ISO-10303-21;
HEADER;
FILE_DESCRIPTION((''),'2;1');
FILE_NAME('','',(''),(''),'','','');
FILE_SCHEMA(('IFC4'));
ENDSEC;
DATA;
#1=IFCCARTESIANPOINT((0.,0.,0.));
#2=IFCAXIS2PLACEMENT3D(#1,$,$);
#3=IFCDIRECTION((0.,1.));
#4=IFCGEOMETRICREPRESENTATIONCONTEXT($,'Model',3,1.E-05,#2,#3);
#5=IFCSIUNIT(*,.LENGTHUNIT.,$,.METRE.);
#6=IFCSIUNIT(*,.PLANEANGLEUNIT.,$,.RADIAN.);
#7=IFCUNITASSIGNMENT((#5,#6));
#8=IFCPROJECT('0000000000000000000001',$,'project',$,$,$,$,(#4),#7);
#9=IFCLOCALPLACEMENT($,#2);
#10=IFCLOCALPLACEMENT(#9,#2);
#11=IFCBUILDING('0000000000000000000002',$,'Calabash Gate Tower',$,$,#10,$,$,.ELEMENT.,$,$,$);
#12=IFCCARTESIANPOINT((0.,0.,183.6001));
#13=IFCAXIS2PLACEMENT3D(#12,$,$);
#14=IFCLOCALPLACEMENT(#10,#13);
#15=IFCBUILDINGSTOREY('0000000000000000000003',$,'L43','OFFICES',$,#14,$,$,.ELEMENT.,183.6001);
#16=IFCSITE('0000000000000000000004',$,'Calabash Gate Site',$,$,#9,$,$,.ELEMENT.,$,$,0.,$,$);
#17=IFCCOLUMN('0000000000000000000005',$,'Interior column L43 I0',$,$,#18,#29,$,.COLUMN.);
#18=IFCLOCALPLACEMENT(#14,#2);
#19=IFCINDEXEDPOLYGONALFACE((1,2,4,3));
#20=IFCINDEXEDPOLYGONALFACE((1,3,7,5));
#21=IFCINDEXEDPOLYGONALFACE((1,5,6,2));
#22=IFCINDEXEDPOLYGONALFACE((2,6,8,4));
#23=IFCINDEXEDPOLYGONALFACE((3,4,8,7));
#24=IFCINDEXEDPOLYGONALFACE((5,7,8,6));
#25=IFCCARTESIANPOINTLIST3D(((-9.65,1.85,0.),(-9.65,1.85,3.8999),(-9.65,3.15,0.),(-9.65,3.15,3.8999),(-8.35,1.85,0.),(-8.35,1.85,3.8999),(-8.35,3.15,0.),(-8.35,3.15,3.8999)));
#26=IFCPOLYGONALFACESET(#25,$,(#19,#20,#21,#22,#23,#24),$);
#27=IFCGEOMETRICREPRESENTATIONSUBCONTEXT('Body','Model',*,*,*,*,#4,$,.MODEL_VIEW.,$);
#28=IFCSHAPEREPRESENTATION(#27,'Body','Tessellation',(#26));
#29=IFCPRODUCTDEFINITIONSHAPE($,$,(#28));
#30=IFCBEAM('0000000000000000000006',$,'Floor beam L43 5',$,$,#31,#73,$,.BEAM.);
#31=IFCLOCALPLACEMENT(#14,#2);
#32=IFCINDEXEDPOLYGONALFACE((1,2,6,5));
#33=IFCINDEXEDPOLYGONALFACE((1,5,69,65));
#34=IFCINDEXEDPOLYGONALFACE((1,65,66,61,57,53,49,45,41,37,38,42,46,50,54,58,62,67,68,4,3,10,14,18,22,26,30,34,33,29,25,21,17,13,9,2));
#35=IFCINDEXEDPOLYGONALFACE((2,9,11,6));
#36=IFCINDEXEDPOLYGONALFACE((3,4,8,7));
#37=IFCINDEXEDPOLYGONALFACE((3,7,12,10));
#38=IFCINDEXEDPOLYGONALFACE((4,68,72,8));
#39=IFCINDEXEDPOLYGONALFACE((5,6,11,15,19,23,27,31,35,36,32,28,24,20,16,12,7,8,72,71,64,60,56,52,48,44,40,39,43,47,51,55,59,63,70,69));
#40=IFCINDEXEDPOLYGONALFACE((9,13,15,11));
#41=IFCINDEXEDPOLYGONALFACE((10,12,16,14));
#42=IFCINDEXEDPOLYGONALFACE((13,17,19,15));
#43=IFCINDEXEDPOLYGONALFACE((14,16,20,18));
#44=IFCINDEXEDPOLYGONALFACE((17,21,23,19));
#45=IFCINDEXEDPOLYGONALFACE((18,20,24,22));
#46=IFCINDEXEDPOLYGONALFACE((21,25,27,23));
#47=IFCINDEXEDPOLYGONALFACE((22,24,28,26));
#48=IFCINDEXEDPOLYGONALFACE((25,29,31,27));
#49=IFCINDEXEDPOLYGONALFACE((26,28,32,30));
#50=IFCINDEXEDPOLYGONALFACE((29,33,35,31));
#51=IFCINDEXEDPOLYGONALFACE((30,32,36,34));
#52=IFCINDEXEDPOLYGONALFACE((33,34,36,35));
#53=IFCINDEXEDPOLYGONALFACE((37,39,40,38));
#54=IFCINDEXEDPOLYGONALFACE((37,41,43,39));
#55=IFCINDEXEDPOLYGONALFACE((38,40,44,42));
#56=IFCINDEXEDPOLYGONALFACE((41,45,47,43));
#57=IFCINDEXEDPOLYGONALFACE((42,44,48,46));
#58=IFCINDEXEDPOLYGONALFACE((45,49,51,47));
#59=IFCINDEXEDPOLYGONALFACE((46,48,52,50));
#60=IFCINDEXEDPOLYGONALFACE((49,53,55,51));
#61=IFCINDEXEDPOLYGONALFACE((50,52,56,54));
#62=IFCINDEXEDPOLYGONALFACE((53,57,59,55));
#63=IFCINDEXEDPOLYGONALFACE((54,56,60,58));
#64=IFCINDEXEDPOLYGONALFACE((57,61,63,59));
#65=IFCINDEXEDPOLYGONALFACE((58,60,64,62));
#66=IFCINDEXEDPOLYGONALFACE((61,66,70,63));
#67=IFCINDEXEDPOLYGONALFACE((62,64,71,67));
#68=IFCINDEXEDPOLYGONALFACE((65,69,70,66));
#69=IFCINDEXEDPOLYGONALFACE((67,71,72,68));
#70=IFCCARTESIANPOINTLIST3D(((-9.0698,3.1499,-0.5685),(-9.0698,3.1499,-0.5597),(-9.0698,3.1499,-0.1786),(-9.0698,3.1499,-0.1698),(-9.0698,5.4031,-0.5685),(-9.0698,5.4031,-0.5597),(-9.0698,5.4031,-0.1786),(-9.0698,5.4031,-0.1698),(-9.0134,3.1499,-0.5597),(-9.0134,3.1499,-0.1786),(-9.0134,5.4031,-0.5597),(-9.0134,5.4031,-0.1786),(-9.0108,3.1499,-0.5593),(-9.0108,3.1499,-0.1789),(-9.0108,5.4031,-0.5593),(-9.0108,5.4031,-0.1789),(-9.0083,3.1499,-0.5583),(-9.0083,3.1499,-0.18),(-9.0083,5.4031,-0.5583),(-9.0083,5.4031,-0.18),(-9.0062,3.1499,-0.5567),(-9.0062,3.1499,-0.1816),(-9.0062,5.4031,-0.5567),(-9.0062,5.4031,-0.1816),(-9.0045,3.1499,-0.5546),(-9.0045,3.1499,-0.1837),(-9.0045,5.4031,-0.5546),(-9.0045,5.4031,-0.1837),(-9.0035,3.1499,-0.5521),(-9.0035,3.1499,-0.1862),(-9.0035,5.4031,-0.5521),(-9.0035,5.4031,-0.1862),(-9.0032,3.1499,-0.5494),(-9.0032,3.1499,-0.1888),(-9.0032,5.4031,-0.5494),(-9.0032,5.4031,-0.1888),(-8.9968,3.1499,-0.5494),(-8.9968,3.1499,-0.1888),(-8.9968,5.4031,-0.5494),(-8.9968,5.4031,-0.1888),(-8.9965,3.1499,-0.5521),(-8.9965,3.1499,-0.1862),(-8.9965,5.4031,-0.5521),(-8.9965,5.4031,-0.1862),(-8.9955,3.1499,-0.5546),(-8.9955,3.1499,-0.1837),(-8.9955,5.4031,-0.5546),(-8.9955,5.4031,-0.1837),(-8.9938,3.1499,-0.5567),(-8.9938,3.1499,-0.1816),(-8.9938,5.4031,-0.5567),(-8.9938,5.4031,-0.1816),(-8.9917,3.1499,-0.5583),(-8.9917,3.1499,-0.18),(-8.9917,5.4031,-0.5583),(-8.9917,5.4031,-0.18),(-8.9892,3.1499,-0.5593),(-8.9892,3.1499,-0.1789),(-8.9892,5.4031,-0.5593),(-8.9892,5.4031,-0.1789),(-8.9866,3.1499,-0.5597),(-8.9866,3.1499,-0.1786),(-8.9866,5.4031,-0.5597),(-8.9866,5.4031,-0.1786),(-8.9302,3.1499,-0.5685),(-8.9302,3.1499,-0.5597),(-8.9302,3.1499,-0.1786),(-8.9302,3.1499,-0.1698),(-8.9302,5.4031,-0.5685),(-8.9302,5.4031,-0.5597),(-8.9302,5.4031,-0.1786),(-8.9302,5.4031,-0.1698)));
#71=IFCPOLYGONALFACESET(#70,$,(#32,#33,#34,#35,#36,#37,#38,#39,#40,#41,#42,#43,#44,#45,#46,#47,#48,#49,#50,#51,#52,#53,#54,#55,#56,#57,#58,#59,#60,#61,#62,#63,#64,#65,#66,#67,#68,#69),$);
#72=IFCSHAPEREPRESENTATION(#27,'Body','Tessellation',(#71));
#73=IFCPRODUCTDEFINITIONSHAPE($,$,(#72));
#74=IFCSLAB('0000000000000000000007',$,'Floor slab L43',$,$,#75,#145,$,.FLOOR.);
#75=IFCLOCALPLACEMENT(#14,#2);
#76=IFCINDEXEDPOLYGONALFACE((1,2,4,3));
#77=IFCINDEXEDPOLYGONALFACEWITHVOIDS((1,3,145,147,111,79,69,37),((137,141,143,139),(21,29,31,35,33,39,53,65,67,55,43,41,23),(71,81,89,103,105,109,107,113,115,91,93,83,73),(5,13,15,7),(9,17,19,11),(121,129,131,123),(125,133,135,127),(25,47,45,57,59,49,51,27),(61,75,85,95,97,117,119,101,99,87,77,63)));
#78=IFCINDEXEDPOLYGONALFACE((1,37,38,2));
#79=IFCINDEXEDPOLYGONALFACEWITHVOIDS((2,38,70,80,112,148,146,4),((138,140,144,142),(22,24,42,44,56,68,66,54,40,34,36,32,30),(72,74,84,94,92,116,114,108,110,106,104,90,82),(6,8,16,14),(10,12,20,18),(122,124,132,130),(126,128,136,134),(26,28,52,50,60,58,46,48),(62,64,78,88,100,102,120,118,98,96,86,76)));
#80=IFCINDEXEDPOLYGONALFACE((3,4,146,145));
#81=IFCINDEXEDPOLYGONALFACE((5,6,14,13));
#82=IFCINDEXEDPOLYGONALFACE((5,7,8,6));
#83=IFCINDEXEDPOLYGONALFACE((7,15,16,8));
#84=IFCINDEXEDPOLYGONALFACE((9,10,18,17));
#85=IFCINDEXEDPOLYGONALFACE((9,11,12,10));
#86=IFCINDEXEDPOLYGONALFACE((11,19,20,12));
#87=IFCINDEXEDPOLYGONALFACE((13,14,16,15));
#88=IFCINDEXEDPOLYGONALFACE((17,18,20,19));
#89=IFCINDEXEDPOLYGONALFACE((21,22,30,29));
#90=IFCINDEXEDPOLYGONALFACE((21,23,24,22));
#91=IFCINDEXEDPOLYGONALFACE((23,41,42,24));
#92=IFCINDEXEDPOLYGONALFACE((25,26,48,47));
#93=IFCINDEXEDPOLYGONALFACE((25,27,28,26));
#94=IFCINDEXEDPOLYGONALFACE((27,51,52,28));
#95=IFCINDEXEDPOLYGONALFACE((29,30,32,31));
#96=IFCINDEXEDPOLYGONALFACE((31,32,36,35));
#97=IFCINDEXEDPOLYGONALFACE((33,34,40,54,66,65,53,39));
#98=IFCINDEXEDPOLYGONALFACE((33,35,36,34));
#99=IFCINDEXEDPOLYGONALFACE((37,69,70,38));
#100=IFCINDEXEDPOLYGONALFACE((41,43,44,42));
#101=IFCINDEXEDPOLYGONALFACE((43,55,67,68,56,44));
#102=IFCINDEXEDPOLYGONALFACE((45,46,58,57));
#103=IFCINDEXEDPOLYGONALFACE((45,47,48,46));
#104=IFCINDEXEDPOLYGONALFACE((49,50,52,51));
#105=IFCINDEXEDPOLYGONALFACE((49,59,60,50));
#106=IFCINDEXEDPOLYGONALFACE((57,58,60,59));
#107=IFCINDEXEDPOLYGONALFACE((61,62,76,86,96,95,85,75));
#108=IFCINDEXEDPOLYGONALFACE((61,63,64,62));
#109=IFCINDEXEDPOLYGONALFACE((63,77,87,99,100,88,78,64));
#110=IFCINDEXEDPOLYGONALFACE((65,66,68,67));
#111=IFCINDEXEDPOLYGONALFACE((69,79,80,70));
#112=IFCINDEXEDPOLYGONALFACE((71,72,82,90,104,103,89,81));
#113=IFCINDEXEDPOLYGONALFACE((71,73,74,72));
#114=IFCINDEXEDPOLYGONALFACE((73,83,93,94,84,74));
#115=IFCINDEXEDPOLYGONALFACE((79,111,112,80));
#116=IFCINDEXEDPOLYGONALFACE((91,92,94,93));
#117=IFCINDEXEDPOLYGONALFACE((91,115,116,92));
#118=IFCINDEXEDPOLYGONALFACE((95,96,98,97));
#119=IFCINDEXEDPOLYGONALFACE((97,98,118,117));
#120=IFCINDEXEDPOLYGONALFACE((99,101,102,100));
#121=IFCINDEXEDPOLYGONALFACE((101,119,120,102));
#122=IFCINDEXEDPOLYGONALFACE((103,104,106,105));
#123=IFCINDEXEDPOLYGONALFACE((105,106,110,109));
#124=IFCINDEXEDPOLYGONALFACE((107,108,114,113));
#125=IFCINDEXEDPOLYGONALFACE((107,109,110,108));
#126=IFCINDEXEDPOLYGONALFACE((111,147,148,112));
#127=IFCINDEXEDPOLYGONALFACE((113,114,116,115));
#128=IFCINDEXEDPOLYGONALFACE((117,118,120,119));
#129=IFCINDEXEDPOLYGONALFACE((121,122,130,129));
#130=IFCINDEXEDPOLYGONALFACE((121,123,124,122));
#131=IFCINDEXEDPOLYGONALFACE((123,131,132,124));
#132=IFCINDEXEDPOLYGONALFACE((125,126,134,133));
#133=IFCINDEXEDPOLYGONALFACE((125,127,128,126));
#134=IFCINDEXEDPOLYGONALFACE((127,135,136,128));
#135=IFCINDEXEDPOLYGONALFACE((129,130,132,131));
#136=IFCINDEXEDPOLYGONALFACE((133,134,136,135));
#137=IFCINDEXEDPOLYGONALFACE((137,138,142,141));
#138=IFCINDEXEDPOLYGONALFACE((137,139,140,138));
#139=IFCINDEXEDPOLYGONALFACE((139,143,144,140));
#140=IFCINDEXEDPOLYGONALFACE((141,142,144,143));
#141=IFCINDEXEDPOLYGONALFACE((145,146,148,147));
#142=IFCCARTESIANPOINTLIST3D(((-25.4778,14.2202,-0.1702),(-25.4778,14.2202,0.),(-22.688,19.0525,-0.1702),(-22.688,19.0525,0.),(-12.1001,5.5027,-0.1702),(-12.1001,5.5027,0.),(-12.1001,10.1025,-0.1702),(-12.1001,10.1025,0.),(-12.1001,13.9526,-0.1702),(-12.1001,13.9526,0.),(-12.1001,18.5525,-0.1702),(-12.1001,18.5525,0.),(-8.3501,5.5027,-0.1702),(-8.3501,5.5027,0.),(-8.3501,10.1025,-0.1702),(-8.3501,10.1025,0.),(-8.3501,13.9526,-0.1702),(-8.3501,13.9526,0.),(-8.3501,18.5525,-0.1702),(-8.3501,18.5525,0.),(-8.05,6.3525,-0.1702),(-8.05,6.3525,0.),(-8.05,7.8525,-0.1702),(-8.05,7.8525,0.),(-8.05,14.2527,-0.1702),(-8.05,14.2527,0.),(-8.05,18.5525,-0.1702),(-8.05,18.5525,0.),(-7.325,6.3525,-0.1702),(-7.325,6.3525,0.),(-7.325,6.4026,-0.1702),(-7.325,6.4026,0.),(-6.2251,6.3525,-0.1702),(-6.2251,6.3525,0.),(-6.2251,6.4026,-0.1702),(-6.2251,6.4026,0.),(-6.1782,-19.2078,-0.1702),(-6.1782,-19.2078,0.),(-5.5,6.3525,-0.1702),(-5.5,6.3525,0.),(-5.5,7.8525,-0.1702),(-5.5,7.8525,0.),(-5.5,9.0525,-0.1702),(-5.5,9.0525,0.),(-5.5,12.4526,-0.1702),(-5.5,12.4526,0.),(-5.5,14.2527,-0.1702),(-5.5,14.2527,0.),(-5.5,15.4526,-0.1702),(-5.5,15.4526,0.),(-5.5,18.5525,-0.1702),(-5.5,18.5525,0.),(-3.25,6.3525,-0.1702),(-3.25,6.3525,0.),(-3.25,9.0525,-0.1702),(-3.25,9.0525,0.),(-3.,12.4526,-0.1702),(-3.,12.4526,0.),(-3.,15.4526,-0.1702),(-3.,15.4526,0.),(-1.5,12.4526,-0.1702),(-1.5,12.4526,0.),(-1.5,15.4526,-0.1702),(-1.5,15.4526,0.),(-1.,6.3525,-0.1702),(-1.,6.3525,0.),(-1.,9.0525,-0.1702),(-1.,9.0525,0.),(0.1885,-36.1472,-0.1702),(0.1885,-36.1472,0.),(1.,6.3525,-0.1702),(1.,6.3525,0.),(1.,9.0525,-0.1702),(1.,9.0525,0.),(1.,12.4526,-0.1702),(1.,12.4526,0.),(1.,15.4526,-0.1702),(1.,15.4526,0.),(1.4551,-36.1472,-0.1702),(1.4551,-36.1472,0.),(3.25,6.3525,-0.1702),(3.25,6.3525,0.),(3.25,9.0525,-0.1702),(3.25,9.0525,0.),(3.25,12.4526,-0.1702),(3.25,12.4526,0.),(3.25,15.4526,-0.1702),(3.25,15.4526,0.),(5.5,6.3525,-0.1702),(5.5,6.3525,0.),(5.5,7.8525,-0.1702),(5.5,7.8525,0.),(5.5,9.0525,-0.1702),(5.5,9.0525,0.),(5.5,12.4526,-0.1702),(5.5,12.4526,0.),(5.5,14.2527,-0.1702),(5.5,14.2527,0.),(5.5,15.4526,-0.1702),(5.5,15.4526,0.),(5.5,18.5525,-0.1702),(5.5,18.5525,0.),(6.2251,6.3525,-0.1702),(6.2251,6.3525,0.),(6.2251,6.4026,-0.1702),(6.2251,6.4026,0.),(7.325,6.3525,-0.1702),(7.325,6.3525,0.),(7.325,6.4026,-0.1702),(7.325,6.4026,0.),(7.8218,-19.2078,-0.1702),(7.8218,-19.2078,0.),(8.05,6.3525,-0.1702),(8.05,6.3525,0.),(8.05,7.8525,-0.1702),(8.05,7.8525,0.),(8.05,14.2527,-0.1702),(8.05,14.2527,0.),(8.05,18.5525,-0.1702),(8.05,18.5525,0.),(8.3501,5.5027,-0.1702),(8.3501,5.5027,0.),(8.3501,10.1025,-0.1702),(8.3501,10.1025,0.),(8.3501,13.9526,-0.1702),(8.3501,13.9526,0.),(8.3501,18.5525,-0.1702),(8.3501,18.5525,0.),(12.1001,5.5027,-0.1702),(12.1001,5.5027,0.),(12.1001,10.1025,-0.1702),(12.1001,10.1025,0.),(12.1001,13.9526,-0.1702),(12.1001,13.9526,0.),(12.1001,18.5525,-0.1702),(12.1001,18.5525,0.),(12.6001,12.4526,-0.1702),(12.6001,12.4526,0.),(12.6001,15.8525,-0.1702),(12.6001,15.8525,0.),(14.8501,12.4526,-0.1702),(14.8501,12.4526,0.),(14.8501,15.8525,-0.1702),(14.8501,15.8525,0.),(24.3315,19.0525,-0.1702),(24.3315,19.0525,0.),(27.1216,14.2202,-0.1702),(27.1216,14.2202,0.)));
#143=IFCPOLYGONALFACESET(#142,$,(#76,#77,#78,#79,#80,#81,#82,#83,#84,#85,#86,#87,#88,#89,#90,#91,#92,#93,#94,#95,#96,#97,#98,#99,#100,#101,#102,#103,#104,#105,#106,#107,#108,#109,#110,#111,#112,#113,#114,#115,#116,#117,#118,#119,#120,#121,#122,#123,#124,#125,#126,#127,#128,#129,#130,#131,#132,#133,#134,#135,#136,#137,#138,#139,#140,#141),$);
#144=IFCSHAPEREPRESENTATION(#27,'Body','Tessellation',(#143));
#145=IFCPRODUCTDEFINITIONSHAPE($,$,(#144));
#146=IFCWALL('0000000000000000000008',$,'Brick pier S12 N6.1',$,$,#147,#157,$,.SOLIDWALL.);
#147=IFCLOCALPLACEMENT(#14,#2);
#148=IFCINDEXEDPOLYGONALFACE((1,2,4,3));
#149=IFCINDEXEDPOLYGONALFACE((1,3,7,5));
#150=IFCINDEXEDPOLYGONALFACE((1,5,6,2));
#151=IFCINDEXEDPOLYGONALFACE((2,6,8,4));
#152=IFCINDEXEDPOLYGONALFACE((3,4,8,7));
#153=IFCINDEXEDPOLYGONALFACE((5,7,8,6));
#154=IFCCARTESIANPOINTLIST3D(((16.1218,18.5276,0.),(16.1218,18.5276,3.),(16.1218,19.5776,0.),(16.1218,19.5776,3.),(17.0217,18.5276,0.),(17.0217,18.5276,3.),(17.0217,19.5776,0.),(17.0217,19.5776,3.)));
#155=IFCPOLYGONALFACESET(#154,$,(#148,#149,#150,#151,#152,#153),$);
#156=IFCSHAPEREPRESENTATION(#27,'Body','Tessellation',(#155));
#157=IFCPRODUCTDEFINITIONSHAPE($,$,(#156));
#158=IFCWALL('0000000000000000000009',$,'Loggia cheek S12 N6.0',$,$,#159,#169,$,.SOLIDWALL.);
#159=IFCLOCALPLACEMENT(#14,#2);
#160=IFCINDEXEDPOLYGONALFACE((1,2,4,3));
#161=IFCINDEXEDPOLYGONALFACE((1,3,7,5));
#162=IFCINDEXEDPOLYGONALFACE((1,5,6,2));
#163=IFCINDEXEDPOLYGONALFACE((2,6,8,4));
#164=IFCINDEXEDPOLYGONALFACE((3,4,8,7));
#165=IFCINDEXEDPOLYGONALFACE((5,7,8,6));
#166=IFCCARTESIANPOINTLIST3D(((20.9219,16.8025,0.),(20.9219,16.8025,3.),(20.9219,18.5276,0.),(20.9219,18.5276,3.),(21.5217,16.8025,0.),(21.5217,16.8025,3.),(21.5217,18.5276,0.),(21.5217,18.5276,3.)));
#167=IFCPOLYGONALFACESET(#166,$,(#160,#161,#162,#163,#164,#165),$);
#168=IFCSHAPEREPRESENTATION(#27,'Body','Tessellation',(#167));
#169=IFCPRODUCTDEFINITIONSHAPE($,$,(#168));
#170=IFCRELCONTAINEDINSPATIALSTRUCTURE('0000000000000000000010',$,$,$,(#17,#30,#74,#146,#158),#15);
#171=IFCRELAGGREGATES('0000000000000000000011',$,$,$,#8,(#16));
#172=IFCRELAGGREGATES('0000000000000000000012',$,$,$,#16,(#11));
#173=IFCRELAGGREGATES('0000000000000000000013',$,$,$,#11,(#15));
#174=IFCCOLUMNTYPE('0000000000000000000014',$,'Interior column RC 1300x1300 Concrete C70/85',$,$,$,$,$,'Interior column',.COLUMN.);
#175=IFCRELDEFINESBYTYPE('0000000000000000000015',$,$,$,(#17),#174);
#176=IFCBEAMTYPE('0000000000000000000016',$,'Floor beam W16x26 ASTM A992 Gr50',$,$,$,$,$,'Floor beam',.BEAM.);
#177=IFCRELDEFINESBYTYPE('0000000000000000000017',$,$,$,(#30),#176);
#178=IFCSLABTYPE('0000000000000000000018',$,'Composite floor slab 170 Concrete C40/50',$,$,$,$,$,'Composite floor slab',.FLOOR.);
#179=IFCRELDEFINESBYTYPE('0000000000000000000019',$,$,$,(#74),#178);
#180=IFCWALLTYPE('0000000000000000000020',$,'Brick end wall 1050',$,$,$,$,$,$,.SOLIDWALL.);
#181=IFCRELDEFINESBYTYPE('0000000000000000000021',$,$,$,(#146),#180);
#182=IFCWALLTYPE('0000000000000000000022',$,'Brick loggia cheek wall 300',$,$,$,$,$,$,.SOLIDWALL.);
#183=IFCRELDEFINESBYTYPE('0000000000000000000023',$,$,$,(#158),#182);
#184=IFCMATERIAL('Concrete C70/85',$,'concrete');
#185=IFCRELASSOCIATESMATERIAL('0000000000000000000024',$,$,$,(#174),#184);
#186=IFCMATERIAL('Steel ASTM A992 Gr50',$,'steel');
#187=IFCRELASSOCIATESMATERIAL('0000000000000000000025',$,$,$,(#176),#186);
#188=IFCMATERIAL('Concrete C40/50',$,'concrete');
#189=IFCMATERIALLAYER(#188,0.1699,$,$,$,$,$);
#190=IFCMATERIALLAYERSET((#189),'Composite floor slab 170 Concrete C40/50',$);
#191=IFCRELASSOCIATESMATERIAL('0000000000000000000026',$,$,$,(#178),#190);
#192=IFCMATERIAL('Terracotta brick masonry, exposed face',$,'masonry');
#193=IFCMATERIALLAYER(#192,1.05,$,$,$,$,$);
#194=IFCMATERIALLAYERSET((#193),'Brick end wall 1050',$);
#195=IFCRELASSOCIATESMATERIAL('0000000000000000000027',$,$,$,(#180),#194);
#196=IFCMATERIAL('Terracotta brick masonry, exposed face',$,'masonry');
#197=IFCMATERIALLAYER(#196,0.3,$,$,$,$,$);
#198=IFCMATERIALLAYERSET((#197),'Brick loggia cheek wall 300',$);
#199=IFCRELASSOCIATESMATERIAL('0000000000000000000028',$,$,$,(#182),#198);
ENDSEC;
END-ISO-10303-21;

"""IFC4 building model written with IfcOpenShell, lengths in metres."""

from ifc_helpers import new_model, si_unit, direction, frame, origin, origin_2d, place, context, subcontext, project, spatial, polyline, rectangle, i_section, outline, extrude, material, layer, layer_set, material_profile, profile_set, type_object, element, save


model = new_model("IFC4")

# Units and contexts
model_context = context("Model", 3, precision=1e-05, world=origin(), true_north=direction((0.0, 1.0)))
body_context = subcontext(model_context, "Body", "Model", "MODEL_VIEW")
ifc_project = project(units=[si_unit("LENGTHUNIT", "METRE"), si_unit("PLANEANGLEUNIT", "RADIAN")], contexts=[model_context])

# Site, building, storey
site_placement = place(None, origin())
site = spatial("IfcSite", under=ifc_project, at=site_placement, Name="Calabash Gate Site", CompositionType="ELEMENT", RefElevation=0.0)
building_placement = place(site_placement, origin())
building = spatial("IfcBuilding", under=site, at=building_placement, Name="Calabash Gate Tower", CompositionType="ELEMENT")
storey_placement = place(building_placement, frame((0.0, 0.0, 183.6001)))
storey = spatial("IfcBuildingStorey", under=building, at=storey_placement, Name="L43", Description="OFFICES", CompositionType="ELEMENT", Elevation=183.6001)

# Column
ifc_material_1 = material(Name="Concrete C70/85", Category="concrete")
ifc_material_profile_1 = material_profile(ifc_material_1, rectangle(XDim=1.3, YDim=1.3, at=origin_2d()))
ifc_profile_set_1 = profile_set([ifc_material_profile_1], Name="Concrete C70/85")
column_type = type_object("IfcColumnType", Name="Interior column RC 1300x1300 Concrete C70/85", ElementType="Interior column", PredefinedType="COLUMN", material=ifc_profile_set_1)
column_placement = place(storey_placement, frame((-9.0, 2.5, 0.0), z_axis=(0.0, 0.0, 1.0), x_axis=(1.0, 0.0, 0.0)))
element("IfcColumn", 1, at=column_placement, inside=storey, type_object=column_type, Name="Interior column L43 I0", PredefinedType="COLUMN", context=body_context, shape_type="SweptSolid", body=[
    extrude(rectangle(XDim=1.3, YDim=1.3, at=origin_2d()), origin(), (0.0, 0.0, 1.0), 3.8999),
])

# Beam
ifc_material_2 = material(Name="Steel ASTM A992 Gr50", Category="steel")
ifc_material_profile_2 = material_profile(ifc_material_2, i_section(OverallWidth=0.1396, OverallDepth=0.3987, WebThickness=0.0063, FlangeThickness=0.0088, FilletRadius=0.0103, at=origin_2d()))
ifc_profile_set_2 = profile_set([ifc_material_profile_2], Name="Steel ASTM A992 Gr50")
beam_type = type_object("IfcBeamType", Name="Floor beam W16x26 ASTM A992 Gr50", ElementType="Floor beam", PredefinedType="BEAM", material=ifc_profile_set_2)
beam_placement = place(storey_placement, frame((-9.0, 3.1499, -0.3691), z_axis=(0.0, 1.0, 0.0), x_axis=(-1.0, 0.0, 0.0)))
element("IfcBeam", 2, at=beam_placement, inside=storey, type_object=beam_type, Name="Floor beam L43 5", PredefinedType="BEAM", context=body_context, shape_type="SweptSolid", body=[
    extrude(i_section(OverallWidth=0.1396, OverallDepth=0.3987, WebThickness=0.0063, FlangeThickness=0.0088, FilletRadius=0.0103, at=origin_2d()), origin(), (0.0, 0.0, 1.0), 2.2532),
])

# Slab
ifc_material_3 = material(Name="Concrete C40/50", Category="concrete")
ifc_layer_1 = layer(ifc_material_3, 0.1699)
ifc_layer_set_1 = layer_set([ifc_layer_1], Name="Composite floor slab 170 Concrete C40/50")
slab_type = type_object("IfcSlabType", Name="Composite floor slab 170 Concrete C40/50", ElementType="Composite floor slab", PredefinedType="FLOOR", material=ifc_layer_set_1)
slab_placement = place(storey_placement, frame((0.0, 0.0, -0.1702)))
element("IfcSlab", 3, at=slab_placement, inside=storey, type_object=slab_type, Name="Floor slab L43", PredefinedType="FLOOR", context=body_context, shape_type="SweptSolid", body=[
    extrude(outline(polyline([(-22.688, 19.0525), (24.3315, 19.0525), (27.1216, 14.2202), (7.8218, -19.2078), (1.4551, -36.1472), (0.1885, -36.1472), (-6.1782, -19.2078), (-25.4778, 14.2202), (-22.688, 19.0525)]), holes=[polyline([(-3.25, 9.0525), (-5.5, 9.0525), (-5.5, 7.8525), (-8.05, 7.8525), (-8.05, 6.3525), (-7.325, 6.3525), (-7.325, 6.4026), (-6.2251, 6.4026), (-6.2251, 6.3525), (-5.5, 6.3525), (-3.25, 6.3525), (-1.0, 6.3525), (-1.0, 9.0525), (-3.25, 9.0525)]), polyline([(5.5, 6.3525), (6.2251, 6.3525), (6.2251, 6.4026), (7.325, 6.4026), (7.325, 6.3525), (8.05, 6.3525), (8.05, 7.8525), (5.5, 7.8525), (5.5, 9.0525), (3.25, 9.0525), (1.0, 9.0525), (1.0, 6.3525), (3.25, 6.3525), (5.5, 6.3525)]), polyline([(-5.5, 12.4526), (-3.0, 12.4526), (-3.0, 15.4526), (-5.5, 15.4526), (-5.5, 18.5525), (-8.05, 18.5525), (-8.05, 14.2527), (-5.5, 14.2527), (-5.5, 12.4526)]), polyline([(-1.5, 15.4526), (-1.5, 12.4526), (1.0, 12.4526), (3.25, 12.4526), (5.5, 12.4526), (5.5, 14.2527), (8.05, 14.2527), (8.05, 18.5525), (5.5, 18.5525), (5.5, 15.4526), (3.25, 15.4526), (1.0, 15.4526), (-1.5, 15.4526)]), polyline([(14.8501, 15.8525), (12.6001, 15.8525), (12.6001, 12.4526), (14.8501, 12.4526), (14.8501, 15.8525)]), polyline([(-8.3501, 18.5525), (-12.1001, 18.5525), (-12.1001, 13.9526), (-8.3501, 13.9526), (-8.3501, 18.5525)]), polyline([(-12.1001, 10.1025), (-12.1001, 5.5027), (-8.3501, 5.5027), (-8.3501, 10.1025), (-12.1001, 10.1025)]), polyline([(8.3501, 13.9526), (12.1001, 13.9526), (12.1001, 18.5525), (8.3501, 18.5525), (8.3501, 13.9526)]), polyline([(12.1001, 5.5027), (12.1001, 10.1025), (8.3501, 10.1025), (8.3501, 5.5027), (12.1001, 5.5027)])]), origin(), (0.0, 0.0, 1.0), 0.1702),
])

# Walls
ifc_material_4 = material(Name="Terracotta brick masonry, exposed face", Category="masonry")
ifc_layer_2 = layer(ifc_material_4, 1.05)
ifc_layer_set_2 = layer_set([ifc_layer_2], Name="Brick end wall 1050")
wall_type_1 = type_object("IfcWallType", Name="Brick end wall 1050", PredefinedType="SOLIDWALL", material=ifc_layer_set_2)
wall_1_placement = place(storey_placement, origin())
element("IfcWall", 4, at=wall_1_placement, inside=storey, type_object=wall_type_1, Name="Brick pier S12 N6.1", PredefinedType="SOLIDWALL", context=body_context, shape_type="SweptSolid", body=[
    extrude(outline(polyline([(17.0217, 19.5776), (16.1218, 19.5776), (16.1218, 18.5276), (17.0217, 18.5276), (17.0217, 19.5776)])), origin(), (0.0, 0.0, 1.0), 3.0),
])
ifc_material_5 = material(Name="Terracotta brick masonry, exposed face", Category="masonry")
ifc_layer_3 = layer(ifc_material_5, 0.3)
ifc_layer_set_3 = layer_set([ifc_layer_3], Name="Brick loggia cheek wall 300")
wall_type_2 = type_object("IfcWallType", Name="Brick loggia cheek wall 300", PredefinedType="SOLIDWALL", material=ifc_layer_set_3)
wall_2_placement = place(storey_placement, origin())
element("IfcWall", 5, at=wall_2_placement, inside=storey, type_object=wall_type_2, Name="Loggia cheek S12 N6.0", PredefinedType="SOLIDWALL", context=body_context, shape_type="SweptSolid", body=[
    extrude(outline(polyline([(21.5217, 16.8025), (21.5217, 18.5276), (20.9219, 18.5276), (20.9219, 16.8025), (21.5217, 16.8025)])), origin(), (0.0, 0.0, 1.0), 3.0),
])

save(model, "model.ifc")
